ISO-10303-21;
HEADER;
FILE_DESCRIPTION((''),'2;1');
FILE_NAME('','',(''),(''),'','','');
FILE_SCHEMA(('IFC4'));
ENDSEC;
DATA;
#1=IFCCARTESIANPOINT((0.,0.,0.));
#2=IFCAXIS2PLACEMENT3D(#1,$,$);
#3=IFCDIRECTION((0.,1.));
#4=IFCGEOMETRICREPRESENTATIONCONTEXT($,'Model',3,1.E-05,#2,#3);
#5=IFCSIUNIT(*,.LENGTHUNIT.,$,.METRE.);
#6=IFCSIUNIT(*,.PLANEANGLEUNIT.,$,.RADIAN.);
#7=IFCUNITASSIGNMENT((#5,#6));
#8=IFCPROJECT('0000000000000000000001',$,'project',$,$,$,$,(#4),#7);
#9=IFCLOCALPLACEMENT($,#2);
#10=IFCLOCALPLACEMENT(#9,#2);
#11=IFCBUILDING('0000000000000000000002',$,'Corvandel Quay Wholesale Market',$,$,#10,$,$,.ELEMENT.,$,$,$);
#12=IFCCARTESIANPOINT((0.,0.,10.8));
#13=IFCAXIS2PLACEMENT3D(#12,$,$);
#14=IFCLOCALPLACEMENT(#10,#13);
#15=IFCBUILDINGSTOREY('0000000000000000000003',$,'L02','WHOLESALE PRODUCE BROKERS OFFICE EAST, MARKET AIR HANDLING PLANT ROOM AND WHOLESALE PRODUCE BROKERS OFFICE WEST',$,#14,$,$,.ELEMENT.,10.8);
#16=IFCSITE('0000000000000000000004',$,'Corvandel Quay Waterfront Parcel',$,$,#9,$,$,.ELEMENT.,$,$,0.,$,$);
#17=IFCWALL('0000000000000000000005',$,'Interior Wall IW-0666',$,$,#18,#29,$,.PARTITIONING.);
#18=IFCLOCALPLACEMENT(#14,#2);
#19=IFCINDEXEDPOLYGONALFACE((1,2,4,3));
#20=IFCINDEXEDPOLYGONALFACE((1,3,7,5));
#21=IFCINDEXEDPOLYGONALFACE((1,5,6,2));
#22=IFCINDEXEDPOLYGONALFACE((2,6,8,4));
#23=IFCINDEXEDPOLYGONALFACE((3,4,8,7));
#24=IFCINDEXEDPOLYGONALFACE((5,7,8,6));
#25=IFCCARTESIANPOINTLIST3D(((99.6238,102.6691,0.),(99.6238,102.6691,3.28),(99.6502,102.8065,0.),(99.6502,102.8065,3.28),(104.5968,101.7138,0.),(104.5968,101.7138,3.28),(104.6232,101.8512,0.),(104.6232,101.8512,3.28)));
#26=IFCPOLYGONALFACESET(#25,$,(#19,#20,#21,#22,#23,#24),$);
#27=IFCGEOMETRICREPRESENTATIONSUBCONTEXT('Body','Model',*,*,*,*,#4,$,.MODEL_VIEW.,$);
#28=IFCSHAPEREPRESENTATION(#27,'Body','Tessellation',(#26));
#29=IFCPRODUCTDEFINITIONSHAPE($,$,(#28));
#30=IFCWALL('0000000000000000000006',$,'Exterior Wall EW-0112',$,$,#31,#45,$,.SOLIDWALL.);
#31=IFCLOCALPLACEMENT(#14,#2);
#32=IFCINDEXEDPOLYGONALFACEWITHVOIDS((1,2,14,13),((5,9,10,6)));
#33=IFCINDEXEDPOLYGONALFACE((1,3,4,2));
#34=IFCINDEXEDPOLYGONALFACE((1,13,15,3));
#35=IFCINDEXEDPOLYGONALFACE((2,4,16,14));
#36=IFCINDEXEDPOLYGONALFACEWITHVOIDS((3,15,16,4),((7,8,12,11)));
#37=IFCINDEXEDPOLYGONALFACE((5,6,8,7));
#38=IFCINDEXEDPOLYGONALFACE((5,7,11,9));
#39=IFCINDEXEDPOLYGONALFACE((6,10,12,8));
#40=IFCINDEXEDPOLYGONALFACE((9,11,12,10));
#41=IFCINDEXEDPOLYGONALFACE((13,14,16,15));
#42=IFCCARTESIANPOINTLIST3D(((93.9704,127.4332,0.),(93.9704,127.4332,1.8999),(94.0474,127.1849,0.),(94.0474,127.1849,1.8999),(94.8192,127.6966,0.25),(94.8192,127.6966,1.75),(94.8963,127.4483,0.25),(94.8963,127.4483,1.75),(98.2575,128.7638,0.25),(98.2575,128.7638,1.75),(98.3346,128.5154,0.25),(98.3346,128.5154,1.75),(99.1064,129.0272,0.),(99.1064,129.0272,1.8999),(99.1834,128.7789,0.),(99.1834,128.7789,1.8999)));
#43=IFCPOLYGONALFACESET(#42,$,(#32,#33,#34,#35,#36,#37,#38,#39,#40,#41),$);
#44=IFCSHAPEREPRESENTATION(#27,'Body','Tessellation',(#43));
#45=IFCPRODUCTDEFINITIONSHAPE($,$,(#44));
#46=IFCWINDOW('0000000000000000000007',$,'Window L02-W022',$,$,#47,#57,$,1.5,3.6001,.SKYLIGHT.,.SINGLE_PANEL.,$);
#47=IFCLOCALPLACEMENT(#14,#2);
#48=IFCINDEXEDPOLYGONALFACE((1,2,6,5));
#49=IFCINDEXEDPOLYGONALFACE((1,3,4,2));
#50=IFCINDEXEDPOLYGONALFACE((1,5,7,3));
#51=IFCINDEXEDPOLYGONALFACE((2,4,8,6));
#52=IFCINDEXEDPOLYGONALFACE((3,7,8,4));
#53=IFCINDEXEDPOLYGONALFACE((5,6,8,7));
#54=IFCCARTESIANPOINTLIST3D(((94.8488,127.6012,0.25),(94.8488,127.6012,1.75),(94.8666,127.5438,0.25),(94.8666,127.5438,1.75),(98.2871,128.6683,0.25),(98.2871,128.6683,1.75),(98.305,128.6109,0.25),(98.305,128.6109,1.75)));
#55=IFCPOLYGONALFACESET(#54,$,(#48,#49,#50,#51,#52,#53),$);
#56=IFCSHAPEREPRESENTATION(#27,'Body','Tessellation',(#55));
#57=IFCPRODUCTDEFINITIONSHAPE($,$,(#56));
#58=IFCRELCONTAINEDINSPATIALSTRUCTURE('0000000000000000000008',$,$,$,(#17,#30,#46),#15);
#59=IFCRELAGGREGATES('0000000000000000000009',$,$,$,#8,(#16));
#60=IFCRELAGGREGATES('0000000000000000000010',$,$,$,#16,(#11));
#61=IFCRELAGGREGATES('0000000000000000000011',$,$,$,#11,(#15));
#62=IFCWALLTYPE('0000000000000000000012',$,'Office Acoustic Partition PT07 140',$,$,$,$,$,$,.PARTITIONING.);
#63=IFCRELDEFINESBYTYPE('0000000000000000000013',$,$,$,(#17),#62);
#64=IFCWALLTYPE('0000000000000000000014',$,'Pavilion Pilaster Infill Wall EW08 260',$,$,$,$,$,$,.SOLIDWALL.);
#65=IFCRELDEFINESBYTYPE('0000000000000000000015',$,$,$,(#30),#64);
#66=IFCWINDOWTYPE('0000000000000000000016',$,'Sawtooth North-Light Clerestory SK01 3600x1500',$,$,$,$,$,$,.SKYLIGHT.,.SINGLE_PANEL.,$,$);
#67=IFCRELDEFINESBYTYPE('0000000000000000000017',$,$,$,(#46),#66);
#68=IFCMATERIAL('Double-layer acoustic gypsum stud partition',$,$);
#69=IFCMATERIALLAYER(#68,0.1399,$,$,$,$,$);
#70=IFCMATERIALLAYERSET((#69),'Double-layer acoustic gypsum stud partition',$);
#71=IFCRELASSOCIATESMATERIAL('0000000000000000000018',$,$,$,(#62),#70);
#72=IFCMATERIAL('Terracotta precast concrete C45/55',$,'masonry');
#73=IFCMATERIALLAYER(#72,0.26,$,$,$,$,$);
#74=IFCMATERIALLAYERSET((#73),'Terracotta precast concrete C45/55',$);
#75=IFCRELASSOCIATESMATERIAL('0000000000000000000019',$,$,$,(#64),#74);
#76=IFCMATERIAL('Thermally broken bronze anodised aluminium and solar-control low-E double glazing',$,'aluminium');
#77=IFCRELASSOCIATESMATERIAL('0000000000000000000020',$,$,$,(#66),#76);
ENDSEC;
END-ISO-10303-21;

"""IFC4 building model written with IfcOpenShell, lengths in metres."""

from ifc_helpers import new_model, si_unit, direction, frame, frame_2d, origin, place, context, subcontext, project, spatial, rectangle, extrude, material, layer, layer_set, type_object, element, fill, save


model = new_model("IFC4")

# Units and contexts
model_context = context("Model", 3, precision=1e-05, world=origin(), true_north=direction((0.0, 1.0)))
body_context = subcontext(model_context, "Body", "Model", "MODEL_VIEW")
ifc_project = project(units=[si_unit("LENGTHUNIT", "METRE"), si_unit("PLANEANGLEUNIT", "RADIAN")], contexts=[model_context])

# Site, building, storey
site_placement = place(None, origin())
site = spatial("IfcSite", under=ifc_project, at=site_placement, Name="Corvandel Quay Waterfront Parcel", CompositionType="ELEMENT", RefElevation=0.0)
building_placement = place(site_placement, origin())
building = spatial("IfcBuilding", under=site, at=building_placement, Name="Corvandel Quay Wholesale Market", CompositionType="ELEMENT")
storey_placement = place(building_placement, frame((0.0, 0.0, 10.8)))
storey = spatial("IfcBuildingStorey", under=building, at=storey_placement, Name="L02", Description="WHOLESALE PRODUCE BROKERS OFFICE EAST, MARKET AIR HANDLING PLANT ROOM AND WHOLESALE PRODUCE BROKERS OFFICE WEST", CompositionType="ELEMENT", Elevation=10.8)

# Wall
ifc_material_1 = material(Name="Double-layer acoustic gypsum stud partition")
ifc_layer_1 = layer(ifc_material_1, 0.1399)
ifc_layer_set_1 = layer_set([ifc_layer_1], Name="Double-layer acoustic gypsum stud partition")
wall_type_1 = type_object("IfcWallType", Name="Office Acoustic Partition PT07 140", PredefinedType="PARTITIONING", material=ifc_layer_set_1)
wall_1_placement = place(storey_placement, frame((99.637, 102.7378, 0.0), z_axis=(0.0, 0.0, 1.0), x_axis=(0.982045, -0.188647, 0.0)))
element("IfcWall", 1, at=wall_1_placement, inside=storey, type_object=wall_type_1, Name="Interior Wall IW-0666", PredefinedType="PARTITIONING", context=body_context, shape_type="SweptSolid", body=[
    extrude(rectangle(XDim=5.064, YDim=0.1399, at=frame_2d((2.532, 0.0))), origin(), (0.0, 0.0, 1.0), 3.28),
])

# Wall, opening, window
ifc_material_2 = material(Name="Terracotta precast concrete C45/55", Category="masonry")
ifc_layer_2 = layer(ifc_material_2, 0.26)
ifc_layer_set_2 = layer_set([ifc_layer_2], Name="Terracotta precast concrete C45/55")
wall_type_2 = type_object("IfcWallType", Name="Pavilion Pilaster Infill Wall EW08 260", PredefinedType="SOLIDWALL", material=ifc_layer_set_2)
wall_2_placement = place(storey_placement, frame((99.145, 128.9031, 0.0), z_axis=(0.0, 0.0, 1.0), x_axis=(-0.955061, -0.296411, 0.0)))
wall_2 = element("IfcWall", 2, at=wall_2_placement, inside=storey, type_object=wall_type_2, Name="Exterior Wall EW-0112", PredefinedType="SOLIDWALL", context=body_context, shape_type="SweptSolid", body=[
    extrude(rectangle(XDim=5.3777, YDim=0.26, at=frame_2d((2.689, 0.0))), origin(), (0.0, 0.0, 1.0), 1.8999),
])
opening_placement = place(wall_2_placement, frame((0.8889, 0.0, 0.25)))
opening = element("IfcOpeningElement", 3, at=opening_placement, cuts=wall_2, PredefinedType="OPENING", context=body_context, shape_type="SweptSolid", body=[
    extrude(rectangle(XDim=3.6001, YDim=1.5, at=frame_2d((1.8, 0.75))), frame((0.0, 0.1399, 0.0), z_axis=(0.0, -1.0, 0.0), x_axis=(1.0, 0.0, 0.0)), (0.0, 0.0, 1.0), 0.28),
])
ifc_material_3 = material(Name="Thermally broken bronze anodised aluminium and solar-control low-E double glazing", Category="aluminium")
window_type = type_object("IfcWindowType", Name="Sawtooth North-Light Clerestory SK01 3600x1500", PartitioningType="SINGLE_PANEL", PredefinedType="SKYLIGHT", material=ifc_material_3)
window_placement = place(opening_placement, origin())
window = element("IfcWindow", 4, at=window_placement, inside=storey, type_object=window_type, Name="Window L02-W022", OverallHeight=1.5, OverallWidth=3.6001, PartitioningType="SINGLE_PANEL", PredefinedType="SKYLIGHT", context=body_context, shape_type="SweptSolid", body=[
    extrude(rectangle(XDim=3.6001, YDim=1.5, at=frame_2d((1.8, 0.75))), frame((0.0, 0.03, 0.0), z_axis=(0.0, -1.0, 0.0), x_axis=(1.0, 0.0, 0.0)), (0.0, 0.0, 1.0), 0.0601),
])
fill(opening, window)

save(model, "model.ifc")
